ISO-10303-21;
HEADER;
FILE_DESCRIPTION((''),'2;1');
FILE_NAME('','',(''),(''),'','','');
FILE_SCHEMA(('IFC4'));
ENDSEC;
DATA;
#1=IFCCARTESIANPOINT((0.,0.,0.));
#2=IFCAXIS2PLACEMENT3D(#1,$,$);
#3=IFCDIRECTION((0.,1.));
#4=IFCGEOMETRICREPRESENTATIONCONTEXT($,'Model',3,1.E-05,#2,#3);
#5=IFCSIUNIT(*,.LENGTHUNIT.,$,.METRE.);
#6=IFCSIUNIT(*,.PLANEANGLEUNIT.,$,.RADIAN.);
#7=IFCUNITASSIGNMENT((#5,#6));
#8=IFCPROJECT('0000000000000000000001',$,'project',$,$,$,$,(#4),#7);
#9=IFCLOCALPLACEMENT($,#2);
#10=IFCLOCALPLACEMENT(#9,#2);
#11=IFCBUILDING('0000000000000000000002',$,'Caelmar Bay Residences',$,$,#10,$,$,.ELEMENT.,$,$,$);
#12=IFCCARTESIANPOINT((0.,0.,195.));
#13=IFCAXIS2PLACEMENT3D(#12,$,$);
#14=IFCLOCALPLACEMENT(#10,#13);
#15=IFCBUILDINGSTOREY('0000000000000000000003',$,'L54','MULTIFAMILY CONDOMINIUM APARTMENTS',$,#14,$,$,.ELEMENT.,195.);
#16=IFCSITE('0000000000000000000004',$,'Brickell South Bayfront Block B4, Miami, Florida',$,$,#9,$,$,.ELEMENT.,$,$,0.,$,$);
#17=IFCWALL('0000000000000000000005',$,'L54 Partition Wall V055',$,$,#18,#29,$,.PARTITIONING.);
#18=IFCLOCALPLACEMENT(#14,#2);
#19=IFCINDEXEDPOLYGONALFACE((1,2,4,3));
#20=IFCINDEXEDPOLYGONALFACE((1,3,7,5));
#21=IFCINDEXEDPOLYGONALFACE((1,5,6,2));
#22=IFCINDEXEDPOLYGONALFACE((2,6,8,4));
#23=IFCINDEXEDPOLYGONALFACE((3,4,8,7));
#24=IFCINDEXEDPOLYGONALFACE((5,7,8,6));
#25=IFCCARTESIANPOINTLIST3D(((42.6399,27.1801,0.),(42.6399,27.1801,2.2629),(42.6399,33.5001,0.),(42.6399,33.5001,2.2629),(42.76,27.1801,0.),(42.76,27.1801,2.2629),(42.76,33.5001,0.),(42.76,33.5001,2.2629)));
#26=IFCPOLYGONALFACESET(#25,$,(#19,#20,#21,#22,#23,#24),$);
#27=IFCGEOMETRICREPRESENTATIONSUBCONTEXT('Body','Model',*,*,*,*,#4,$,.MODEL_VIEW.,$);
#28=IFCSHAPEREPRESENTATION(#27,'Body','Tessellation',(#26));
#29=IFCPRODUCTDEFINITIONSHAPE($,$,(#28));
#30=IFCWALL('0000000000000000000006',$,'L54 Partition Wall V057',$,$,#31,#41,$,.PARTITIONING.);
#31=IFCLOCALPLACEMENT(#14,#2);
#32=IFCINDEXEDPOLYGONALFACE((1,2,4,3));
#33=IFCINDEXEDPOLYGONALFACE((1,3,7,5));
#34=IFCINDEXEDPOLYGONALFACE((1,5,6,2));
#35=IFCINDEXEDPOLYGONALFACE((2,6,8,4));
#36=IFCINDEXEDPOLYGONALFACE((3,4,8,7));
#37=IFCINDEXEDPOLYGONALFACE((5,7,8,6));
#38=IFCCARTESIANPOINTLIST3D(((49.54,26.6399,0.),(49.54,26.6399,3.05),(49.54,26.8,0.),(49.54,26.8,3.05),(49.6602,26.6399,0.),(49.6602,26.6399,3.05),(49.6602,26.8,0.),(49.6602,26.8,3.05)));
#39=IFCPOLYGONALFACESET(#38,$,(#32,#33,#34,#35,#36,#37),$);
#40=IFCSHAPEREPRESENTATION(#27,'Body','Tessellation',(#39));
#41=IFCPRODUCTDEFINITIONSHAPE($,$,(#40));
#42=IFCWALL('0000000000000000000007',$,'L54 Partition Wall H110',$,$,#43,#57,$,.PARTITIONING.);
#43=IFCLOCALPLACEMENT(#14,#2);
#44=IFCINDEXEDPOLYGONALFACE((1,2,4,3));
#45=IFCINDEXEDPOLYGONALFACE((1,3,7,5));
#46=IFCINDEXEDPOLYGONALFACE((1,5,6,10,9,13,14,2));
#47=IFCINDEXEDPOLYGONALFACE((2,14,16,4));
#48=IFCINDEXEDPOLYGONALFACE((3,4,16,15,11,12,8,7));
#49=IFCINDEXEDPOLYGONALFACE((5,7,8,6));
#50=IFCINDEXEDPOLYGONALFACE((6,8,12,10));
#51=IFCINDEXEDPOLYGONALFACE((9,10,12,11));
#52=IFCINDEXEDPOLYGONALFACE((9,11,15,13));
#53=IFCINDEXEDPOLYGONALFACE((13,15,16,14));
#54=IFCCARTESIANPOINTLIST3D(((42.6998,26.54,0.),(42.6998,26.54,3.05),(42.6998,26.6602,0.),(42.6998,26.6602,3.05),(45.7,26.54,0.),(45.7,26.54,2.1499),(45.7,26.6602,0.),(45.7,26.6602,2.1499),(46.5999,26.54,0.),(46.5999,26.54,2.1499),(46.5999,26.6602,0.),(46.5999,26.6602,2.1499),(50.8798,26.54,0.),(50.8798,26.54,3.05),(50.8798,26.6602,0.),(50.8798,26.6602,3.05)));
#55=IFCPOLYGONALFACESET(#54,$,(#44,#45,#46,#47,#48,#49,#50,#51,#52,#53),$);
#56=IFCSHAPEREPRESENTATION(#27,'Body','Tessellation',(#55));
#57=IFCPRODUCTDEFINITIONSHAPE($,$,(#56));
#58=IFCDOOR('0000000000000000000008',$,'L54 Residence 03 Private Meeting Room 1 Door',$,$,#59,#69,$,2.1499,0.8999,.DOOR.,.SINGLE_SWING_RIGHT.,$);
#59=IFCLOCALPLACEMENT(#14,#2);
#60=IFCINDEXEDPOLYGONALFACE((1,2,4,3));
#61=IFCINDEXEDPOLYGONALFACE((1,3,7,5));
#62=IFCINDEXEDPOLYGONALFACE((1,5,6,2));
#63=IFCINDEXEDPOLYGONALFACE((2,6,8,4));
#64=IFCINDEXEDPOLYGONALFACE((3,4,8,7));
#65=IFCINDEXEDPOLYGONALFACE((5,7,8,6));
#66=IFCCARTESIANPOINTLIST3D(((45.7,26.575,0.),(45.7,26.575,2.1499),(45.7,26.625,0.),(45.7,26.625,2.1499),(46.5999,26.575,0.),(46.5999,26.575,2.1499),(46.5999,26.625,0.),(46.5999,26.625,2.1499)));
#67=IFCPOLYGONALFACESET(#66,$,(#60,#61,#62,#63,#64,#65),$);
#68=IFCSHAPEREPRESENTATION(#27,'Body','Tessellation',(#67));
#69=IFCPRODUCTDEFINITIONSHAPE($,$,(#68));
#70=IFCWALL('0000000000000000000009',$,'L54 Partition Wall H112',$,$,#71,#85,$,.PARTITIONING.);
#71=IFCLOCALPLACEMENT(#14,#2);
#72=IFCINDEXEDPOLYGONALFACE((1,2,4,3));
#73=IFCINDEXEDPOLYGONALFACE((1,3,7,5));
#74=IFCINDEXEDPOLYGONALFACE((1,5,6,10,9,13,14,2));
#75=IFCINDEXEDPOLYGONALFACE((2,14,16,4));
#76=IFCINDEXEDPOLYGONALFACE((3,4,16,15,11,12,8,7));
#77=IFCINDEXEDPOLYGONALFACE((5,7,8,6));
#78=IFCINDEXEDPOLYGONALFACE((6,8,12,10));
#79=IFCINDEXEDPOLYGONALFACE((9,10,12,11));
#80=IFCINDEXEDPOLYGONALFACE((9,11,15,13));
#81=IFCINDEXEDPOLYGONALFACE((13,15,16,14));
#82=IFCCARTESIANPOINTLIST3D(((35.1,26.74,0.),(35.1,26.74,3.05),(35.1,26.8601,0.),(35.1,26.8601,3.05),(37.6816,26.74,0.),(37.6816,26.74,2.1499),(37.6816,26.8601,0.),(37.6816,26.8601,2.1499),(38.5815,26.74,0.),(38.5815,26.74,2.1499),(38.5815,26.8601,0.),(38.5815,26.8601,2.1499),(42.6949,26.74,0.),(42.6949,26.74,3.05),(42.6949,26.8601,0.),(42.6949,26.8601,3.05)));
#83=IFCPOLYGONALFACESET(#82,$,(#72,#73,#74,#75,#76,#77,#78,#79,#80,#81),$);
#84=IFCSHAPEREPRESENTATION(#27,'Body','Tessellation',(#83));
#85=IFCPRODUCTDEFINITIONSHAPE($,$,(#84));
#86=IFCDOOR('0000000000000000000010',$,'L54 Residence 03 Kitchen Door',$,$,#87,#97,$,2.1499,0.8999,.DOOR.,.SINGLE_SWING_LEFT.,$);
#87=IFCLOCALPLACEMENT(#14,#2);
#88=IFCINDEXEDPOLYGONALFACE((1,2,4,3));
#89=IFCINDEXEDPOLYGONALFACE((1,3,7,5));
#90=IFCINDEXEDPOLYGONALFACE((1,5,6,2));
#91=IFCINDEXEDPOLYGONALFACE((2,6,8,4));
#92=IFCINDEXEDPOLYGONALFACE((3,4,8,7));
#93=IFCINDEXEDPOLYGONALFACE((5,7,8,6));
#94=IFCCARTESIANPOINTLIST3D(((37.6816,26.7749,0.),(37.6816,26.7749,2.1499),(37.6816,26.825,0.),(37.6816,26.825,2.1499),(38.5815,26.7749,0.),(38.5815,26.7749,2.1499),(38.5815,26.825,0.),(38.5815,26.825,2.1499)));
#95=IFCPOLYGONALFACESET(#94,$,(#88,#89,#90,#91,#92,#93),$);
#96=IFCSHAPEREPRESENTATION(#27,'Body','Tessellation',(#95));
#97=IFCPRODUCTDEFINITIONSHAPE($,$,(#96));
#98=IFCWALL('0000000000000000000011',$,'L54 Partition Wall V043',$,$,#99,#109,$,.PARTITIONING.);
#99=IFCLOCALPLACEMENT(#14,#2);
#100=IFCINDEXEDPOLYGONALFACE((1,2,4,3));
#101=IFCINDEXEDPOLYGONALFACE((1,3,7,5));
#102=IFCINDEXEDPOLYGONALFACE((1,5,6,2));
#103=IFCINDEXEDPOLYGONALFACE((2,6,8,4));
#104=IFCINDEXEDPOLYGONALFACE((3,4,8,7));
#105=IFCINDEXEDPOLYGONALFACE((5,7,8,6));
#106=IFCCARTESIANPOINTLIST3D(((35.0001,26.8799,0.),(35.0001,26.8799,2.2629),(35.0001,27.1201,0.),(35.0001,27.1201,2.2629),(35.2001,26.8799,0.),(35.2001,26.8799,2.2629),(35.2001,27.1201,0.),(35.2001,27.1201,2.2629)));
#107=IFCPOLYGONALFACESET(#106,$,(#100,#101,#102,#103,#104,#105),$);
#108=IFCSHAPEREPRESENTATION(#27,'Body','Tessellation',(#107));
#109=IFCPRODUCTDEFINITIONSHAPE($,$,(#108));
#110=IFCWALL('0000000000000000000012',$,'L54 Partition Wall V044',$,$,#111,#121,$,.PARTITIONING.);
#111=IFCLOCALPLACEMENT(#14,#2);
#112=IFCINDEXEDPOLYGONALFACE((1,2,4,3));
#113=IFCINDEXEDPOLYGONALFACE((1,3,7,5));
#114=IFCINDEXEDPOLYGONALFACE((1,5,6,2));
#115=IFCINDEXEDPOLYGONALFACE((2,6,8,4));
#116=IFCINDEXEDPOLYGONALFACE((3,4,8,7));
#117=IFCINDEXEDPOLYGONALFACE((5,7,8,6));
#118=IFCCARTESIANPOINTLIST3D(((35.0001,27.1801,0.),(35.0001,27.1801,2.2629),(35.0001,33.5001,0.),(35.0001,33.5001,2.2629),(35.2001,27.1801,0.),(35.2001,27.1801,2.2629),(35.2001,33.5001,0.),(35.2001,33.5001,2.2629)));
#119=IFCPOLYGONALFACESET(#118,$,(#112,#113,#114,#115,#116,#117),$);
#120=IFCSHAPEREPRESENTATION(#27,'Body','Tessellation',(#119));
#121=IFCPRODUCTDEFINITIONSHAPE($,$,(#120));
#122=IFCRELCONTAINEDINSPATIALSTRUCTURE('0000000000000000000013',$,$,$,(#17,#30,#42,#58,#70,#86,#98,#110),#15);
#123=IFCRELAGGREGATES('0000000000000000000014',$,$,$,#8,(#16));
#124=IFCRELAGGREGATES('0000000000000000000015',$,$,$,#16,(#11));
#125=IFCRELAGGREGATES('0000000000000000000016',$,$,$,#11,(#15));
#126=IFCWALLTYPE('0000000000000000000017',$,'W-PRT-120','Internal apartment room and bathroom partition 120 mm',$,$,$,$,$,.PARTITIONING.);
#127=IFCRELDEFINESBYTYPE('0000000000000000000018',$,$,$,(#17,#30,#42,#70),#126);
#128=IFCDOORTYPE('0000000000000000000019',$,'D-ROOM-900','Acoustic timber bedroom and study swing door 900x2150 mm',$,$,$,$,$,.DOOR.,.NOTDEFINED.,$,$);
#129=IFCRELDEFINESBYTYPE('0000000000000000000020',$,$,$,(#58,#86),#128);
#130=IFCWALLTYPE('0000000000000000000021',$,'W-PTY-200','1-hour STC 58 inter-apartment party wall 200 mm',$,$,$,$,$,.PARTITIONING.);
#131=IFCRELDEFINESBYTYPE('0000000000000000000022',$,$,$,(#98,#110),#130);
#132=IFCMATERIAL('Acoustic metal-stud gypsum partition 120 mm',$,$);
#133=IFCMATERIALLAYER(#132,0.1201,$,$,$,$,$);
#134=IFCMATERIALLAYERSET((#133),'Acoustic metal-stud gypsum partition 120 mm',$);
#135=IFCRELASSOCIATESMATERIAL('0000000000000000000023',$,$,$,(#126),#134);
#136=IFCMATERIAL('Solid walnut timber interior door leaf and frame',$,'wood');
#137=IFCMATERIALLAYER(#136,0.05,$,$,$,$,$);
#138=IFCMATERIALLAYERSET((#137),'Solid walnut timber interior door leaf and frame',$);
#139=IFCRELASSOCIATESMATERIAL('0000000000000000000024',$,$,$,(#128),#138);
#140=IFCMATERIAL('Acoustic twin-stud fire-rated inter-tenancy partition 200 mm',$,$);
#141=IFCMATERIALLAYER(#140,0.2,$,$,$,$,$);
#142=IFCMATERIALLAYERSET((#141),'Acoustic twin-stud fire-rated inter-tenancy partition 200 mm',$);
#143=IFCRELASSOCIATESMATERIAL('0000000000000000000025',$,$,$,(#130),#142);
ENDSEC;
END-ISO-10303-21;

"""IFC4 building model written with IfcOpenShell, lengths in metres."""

from ifc_helpers import new_model, si_unit, direction, frame, frame_2d, origin, place, context, subcontext, project, spatial, rectangle, extrude, material, layer, layer_set, type_object, element, fill, save


model = new_model("IFC4")

# Units and contexts
model_context = context("Model", 3, precision=1e-05, world=origin(), true_north=direction((0.0, 1.0)))
body_context = subcontext(model_context, "Body", "Model", "MODEL_VIEW")
ifc_project = project(units=[si_unit("LENGTHUNIT", "METRE"), si_unit("PLANEANGLEUNIT", "RADIAN")], contexts=[model_context])

# Site, building, storey
site_placement = place(None, origin())
site = spatial("IfcSite", under=ifc_project, at=site_placement, Name="Brickell South Bayfront Block B4, Miami, Florida", CompositionType="ELEMENT", RefElevation=0.0)
building_placement = place(site_placement, origin())
building = spatial("IfcBuilding", under=site, at=building_placement, Name="Caelmar Bay Residences", CompositionType="ELEMENT")
storey_placement = place(building_placement, frame((0.0, 0.0, 195.0)))
storey = spatial("IfcBuildingStorey", under=building, at=storey_placement, Name="L54", Description="MULTIFAMILY CONDOMINIUM APARTMENTS", CompositionType="ELEMENT", Elevation=195.0)

# Shared definitions
ifc_material_1 = material(Name="Acoustic metal-stud gypsum partition 120 mm")
ifc_layer_1 = layer(ifc_material_1, 0.1201)
ifc_layer_set_1 = layer_set([ifc_layer_1], Name="Acoustic metal-stud gypsum partition 120 mm")
wall_type_1 = type_object("IfcWallType", Name="W-PRT-120", Description="Internal apartment room and bathroom partition 120 mm", PredefinedType="PARTITIONING", material=ifc_layer_set_1)

# Shared definitions
ifc_material_2 = material(Name="Solid walnut timber interior door leaf and frame", Category="wood")

# Walls
wall_1_placement = place(storey_placement, frame((42.7, 27.1799, 0.0), z_axis=(0.0, 0.0, 1.0), x_axis=(0.0, 1.0, 0.0)))
element("IfcWall", 1, at=wall_1_placement, inside=storey, type_object=wall_type_1, Name="L54 Partition Wall V055", PredefinedType="PARTITIONING", context=body_context, shape_type="SweptSolid", body=[
    extrude(rectangle(XDim=6.3201, YDim=0.1201, at=frame_2d((3.1602, 0.0))), origin(), (0.0, 0.0, 1.0), 2.2629),
])
wall_2_placement = place(storey_placement, frame((49.6001, 26.6399, 0.0), z_axis=(0.0, 0.0, 1.0), x_axis=(0.0, 1.0, 0.0)))
element("IfcWall", 2, at=wall_2_placement, inside=storey, type_object=wall_type_1, Name="L54 Partition Wall V057", PredefinedType="PARTITIONING", context=body_context, shape_type="SweptSolid", body=[
    extrude(rectangle(XDim=0.1602, YDim=0.1201, at=frame_2d((0.0801, 0.0))), origin(), (0.0, 0.0, 1.0), 3.05),
])

# Walls, openings, doors
wall_3_placement = place(storey_placement, frame((42.7, 26.6001, 0.0), z_axis=(0.0, 0.0, 1.0), x_axis=(1.0, 0.0, 0.0)))
wall_3 = element("IfcWall", 3, at=wall_3_placement, inside=storey, type_object=wall_type_1, Name="L54 Partition Wall H110", PredefinedType="PARTITIONING", context=body_context, shape_type="SweptSolid", body=[
    extrude(rectangle(XDim=8.1799, YDim=0.1201, at=frame_2d((4.0898, 0.0))), origin(), (0.0, 0.0, 1.0), 3.05),
])
opening_1_placement = place(wall_3_placement, frame((3.0, 0.0, 0.0)))
opening_1 = element("IfcOpeningElement", 4, at=opening_1_placement, cuts=wall_3, PredefinedType="OPENING", context=body_context, shape_type="SweptSolid", body=[
    extrude(rectangle(XDim=0.8999, YDim=2.1499, at=frame_2d((0.45, 1.075))), frame((0.0, 0.0701, 0.0), z_axis=(0.0, -1.0, 0.0), x_axis=(1.0, 0.0, 0.0)), (0.0, 0.0, 1.0), 0.1401),
])
ifc_layer_2 = layer(ifc_material_2, 0.05)
ifc_layer_set_2 = layer_set([ifc_layer_2], Name="Solid walnut timber interior door leaf and frame")
door_type_1 = type_object("IfcDoorType", Name="D-ROOM-900", Description="Acoustic timber bedroom and study swing door 900x2150 mm", OperationType="NOTDEFINED", PredefinedType="DOOR", material=ifc_layer_set_2)
door_1_placement = place(opening_1_placement, origin())
door_1 = element("IfcDoor", 5, at=door_1_placement, inside=storey, type_object=door_type_1, Name="L54 Residence 03 Private Meeting Room 1 Door", OperationType="SINGLE_SWING_RIGHT", OverallHeight=2.1499, OverallWidth=0.8999, PredefinedType="DOOR", context=body_context, shape_type="SweptSolid", body=[
    extrude(rectangle(XDim=0.8999, YDim=2.1499, at=frame_2d((0.45, 1.075))), frame((0.0, 0.0249, 0.0), z_axis=(0.0, -1.0, 0.0), x_axis=(1.0, 0.0, 0.0)), (0.0, 0.0, 1.0), 0.05),
])
fill(opening_1, door_1)
wall_4_placement = place(storey_placement, frame((35.1001, 26.8, 0.0), z_axis=(0.0, 0.0, 1.0), x_axis=(1.0, 0.0, 0.0)))
wall_4 = element("IfcWall", 6, at=wall_4_placement, inside=storey, type_object=wall_type_1, Name="L54 Partition Wall H112", PredefinedType="PARTITIONING", context=body_context, shape_type="SweptSolid", body=[
    extrude(rectangle(XDim=7.595, YDim=0.1201, at=frame_2d((3.7974, 0.0))), origin(), (0.0, 0.0, 1.0), 3.05),
])
opening_2_placement = place(wall_4_placement, frame((2.5815, 0.0, 0.0)))
opening_2 = element("IfcOpeningElement", 7, at=opening_2_placement, cuts=wall_4, PredefinedType="OPENING", context=body_context, shape_type="SweptSolid", body=[
    extrude(rectangle(XDim=0.8999, YDim=2.1499, at=frame_2d((0.45, 1.075))), frame((0.0, 0.0701, 0.0), z_axis=(0.0, -1.0, 0.0), x_axis=(1.0, 0.0, 0.0)), (0.0, 0.0, 1.0), 0.1401),
])
door_2_placement = place(opening_2_placement, origin())
door_2 = element("IfcDoor", 8, at=door_2_placement, inside=storey, type_object=door_type_1, Name="L54 Residence 03 Kitchen Door", OperationType="SINGLE_SWING_LEFT", OverallHeight=2.1499, OverallWidth=0.8999, PredefinedType="DOOR", context=body_context, shape_type="SweptSolid", body=[
    extrude(rectangle(XDim=0.8999, YDim=2.1499, at=frame_2d((0.45, 1.075))), frame((0.0, 0.0249, 0.0), z_axis=(0.0, -1.0, 0.0), x_axis=(1.0, 0.0, 0.0)), (0.0, 0.0, 1.0), 0.05),
])
fill(opening_2, door_2)

# Walls
ifc_material_3 = material(Name="Acoustic twin-stud fire-rated inter-tenancy partition 200 mm")
ifc_layer_3 = layer(ifc_material_3, 0.2)
ifc_layer_set_3 = layer_set([ifc_layer_3], Name="Acoustic twin-stud fire-rated inter-tenancy partition 200 mm")
wall_type_2 = type_object("IfcWallType", Name="W-PTY-200", Description="1-hour STC 58 inter-apartment party wall 200 mm", PredefinedType="PARTITIONING", material=ifc_layer_set_3)
wall_5_placement = place(storey_placement, frame((35.1001, 26.8799, 0.0), z_axis=(0.0, 0.0, 1.0), x_axis=(0.0, 1.0, 0.0)))
element("IfcWall", 9, at=wall_5_placement, inside=storey, type_object=wall_type_2, Name="L54 Partition Wall V043", PredefinedType="PARTITIONING", context=body_context, shape_type="SweptSolid", body=[
    extrude(rectangle(XDim=0.2402, YDim=0.2, at=frame_2d((0.1201, 0.0))), origin(), (0.0, 0.0, 1.0), 2.2629),
])
wall_6_placement = place(storey_placement, frame((35.1001, 27.1799, 0.0), z_axis=(0.0, 0.0, 1.0), x_axis=(0.0, 1.0, 0.0)))
element("IfcWall", 10, at=wall_6_placement, inside=storey, type_object=wall_type_2, Name="L54 Partition Wall V044", PredefinedType="PARTITIONING", context=body_context, shape_type="SweptSolid", body=[
    extrude(rectangle(XDim=6.3201, YDim=0.2, at=frame_2d((3.1602, 0.0))), origin(), (0.0, 0.0, 1.0), 2.2629),
])

save(model, "model.ifc")
